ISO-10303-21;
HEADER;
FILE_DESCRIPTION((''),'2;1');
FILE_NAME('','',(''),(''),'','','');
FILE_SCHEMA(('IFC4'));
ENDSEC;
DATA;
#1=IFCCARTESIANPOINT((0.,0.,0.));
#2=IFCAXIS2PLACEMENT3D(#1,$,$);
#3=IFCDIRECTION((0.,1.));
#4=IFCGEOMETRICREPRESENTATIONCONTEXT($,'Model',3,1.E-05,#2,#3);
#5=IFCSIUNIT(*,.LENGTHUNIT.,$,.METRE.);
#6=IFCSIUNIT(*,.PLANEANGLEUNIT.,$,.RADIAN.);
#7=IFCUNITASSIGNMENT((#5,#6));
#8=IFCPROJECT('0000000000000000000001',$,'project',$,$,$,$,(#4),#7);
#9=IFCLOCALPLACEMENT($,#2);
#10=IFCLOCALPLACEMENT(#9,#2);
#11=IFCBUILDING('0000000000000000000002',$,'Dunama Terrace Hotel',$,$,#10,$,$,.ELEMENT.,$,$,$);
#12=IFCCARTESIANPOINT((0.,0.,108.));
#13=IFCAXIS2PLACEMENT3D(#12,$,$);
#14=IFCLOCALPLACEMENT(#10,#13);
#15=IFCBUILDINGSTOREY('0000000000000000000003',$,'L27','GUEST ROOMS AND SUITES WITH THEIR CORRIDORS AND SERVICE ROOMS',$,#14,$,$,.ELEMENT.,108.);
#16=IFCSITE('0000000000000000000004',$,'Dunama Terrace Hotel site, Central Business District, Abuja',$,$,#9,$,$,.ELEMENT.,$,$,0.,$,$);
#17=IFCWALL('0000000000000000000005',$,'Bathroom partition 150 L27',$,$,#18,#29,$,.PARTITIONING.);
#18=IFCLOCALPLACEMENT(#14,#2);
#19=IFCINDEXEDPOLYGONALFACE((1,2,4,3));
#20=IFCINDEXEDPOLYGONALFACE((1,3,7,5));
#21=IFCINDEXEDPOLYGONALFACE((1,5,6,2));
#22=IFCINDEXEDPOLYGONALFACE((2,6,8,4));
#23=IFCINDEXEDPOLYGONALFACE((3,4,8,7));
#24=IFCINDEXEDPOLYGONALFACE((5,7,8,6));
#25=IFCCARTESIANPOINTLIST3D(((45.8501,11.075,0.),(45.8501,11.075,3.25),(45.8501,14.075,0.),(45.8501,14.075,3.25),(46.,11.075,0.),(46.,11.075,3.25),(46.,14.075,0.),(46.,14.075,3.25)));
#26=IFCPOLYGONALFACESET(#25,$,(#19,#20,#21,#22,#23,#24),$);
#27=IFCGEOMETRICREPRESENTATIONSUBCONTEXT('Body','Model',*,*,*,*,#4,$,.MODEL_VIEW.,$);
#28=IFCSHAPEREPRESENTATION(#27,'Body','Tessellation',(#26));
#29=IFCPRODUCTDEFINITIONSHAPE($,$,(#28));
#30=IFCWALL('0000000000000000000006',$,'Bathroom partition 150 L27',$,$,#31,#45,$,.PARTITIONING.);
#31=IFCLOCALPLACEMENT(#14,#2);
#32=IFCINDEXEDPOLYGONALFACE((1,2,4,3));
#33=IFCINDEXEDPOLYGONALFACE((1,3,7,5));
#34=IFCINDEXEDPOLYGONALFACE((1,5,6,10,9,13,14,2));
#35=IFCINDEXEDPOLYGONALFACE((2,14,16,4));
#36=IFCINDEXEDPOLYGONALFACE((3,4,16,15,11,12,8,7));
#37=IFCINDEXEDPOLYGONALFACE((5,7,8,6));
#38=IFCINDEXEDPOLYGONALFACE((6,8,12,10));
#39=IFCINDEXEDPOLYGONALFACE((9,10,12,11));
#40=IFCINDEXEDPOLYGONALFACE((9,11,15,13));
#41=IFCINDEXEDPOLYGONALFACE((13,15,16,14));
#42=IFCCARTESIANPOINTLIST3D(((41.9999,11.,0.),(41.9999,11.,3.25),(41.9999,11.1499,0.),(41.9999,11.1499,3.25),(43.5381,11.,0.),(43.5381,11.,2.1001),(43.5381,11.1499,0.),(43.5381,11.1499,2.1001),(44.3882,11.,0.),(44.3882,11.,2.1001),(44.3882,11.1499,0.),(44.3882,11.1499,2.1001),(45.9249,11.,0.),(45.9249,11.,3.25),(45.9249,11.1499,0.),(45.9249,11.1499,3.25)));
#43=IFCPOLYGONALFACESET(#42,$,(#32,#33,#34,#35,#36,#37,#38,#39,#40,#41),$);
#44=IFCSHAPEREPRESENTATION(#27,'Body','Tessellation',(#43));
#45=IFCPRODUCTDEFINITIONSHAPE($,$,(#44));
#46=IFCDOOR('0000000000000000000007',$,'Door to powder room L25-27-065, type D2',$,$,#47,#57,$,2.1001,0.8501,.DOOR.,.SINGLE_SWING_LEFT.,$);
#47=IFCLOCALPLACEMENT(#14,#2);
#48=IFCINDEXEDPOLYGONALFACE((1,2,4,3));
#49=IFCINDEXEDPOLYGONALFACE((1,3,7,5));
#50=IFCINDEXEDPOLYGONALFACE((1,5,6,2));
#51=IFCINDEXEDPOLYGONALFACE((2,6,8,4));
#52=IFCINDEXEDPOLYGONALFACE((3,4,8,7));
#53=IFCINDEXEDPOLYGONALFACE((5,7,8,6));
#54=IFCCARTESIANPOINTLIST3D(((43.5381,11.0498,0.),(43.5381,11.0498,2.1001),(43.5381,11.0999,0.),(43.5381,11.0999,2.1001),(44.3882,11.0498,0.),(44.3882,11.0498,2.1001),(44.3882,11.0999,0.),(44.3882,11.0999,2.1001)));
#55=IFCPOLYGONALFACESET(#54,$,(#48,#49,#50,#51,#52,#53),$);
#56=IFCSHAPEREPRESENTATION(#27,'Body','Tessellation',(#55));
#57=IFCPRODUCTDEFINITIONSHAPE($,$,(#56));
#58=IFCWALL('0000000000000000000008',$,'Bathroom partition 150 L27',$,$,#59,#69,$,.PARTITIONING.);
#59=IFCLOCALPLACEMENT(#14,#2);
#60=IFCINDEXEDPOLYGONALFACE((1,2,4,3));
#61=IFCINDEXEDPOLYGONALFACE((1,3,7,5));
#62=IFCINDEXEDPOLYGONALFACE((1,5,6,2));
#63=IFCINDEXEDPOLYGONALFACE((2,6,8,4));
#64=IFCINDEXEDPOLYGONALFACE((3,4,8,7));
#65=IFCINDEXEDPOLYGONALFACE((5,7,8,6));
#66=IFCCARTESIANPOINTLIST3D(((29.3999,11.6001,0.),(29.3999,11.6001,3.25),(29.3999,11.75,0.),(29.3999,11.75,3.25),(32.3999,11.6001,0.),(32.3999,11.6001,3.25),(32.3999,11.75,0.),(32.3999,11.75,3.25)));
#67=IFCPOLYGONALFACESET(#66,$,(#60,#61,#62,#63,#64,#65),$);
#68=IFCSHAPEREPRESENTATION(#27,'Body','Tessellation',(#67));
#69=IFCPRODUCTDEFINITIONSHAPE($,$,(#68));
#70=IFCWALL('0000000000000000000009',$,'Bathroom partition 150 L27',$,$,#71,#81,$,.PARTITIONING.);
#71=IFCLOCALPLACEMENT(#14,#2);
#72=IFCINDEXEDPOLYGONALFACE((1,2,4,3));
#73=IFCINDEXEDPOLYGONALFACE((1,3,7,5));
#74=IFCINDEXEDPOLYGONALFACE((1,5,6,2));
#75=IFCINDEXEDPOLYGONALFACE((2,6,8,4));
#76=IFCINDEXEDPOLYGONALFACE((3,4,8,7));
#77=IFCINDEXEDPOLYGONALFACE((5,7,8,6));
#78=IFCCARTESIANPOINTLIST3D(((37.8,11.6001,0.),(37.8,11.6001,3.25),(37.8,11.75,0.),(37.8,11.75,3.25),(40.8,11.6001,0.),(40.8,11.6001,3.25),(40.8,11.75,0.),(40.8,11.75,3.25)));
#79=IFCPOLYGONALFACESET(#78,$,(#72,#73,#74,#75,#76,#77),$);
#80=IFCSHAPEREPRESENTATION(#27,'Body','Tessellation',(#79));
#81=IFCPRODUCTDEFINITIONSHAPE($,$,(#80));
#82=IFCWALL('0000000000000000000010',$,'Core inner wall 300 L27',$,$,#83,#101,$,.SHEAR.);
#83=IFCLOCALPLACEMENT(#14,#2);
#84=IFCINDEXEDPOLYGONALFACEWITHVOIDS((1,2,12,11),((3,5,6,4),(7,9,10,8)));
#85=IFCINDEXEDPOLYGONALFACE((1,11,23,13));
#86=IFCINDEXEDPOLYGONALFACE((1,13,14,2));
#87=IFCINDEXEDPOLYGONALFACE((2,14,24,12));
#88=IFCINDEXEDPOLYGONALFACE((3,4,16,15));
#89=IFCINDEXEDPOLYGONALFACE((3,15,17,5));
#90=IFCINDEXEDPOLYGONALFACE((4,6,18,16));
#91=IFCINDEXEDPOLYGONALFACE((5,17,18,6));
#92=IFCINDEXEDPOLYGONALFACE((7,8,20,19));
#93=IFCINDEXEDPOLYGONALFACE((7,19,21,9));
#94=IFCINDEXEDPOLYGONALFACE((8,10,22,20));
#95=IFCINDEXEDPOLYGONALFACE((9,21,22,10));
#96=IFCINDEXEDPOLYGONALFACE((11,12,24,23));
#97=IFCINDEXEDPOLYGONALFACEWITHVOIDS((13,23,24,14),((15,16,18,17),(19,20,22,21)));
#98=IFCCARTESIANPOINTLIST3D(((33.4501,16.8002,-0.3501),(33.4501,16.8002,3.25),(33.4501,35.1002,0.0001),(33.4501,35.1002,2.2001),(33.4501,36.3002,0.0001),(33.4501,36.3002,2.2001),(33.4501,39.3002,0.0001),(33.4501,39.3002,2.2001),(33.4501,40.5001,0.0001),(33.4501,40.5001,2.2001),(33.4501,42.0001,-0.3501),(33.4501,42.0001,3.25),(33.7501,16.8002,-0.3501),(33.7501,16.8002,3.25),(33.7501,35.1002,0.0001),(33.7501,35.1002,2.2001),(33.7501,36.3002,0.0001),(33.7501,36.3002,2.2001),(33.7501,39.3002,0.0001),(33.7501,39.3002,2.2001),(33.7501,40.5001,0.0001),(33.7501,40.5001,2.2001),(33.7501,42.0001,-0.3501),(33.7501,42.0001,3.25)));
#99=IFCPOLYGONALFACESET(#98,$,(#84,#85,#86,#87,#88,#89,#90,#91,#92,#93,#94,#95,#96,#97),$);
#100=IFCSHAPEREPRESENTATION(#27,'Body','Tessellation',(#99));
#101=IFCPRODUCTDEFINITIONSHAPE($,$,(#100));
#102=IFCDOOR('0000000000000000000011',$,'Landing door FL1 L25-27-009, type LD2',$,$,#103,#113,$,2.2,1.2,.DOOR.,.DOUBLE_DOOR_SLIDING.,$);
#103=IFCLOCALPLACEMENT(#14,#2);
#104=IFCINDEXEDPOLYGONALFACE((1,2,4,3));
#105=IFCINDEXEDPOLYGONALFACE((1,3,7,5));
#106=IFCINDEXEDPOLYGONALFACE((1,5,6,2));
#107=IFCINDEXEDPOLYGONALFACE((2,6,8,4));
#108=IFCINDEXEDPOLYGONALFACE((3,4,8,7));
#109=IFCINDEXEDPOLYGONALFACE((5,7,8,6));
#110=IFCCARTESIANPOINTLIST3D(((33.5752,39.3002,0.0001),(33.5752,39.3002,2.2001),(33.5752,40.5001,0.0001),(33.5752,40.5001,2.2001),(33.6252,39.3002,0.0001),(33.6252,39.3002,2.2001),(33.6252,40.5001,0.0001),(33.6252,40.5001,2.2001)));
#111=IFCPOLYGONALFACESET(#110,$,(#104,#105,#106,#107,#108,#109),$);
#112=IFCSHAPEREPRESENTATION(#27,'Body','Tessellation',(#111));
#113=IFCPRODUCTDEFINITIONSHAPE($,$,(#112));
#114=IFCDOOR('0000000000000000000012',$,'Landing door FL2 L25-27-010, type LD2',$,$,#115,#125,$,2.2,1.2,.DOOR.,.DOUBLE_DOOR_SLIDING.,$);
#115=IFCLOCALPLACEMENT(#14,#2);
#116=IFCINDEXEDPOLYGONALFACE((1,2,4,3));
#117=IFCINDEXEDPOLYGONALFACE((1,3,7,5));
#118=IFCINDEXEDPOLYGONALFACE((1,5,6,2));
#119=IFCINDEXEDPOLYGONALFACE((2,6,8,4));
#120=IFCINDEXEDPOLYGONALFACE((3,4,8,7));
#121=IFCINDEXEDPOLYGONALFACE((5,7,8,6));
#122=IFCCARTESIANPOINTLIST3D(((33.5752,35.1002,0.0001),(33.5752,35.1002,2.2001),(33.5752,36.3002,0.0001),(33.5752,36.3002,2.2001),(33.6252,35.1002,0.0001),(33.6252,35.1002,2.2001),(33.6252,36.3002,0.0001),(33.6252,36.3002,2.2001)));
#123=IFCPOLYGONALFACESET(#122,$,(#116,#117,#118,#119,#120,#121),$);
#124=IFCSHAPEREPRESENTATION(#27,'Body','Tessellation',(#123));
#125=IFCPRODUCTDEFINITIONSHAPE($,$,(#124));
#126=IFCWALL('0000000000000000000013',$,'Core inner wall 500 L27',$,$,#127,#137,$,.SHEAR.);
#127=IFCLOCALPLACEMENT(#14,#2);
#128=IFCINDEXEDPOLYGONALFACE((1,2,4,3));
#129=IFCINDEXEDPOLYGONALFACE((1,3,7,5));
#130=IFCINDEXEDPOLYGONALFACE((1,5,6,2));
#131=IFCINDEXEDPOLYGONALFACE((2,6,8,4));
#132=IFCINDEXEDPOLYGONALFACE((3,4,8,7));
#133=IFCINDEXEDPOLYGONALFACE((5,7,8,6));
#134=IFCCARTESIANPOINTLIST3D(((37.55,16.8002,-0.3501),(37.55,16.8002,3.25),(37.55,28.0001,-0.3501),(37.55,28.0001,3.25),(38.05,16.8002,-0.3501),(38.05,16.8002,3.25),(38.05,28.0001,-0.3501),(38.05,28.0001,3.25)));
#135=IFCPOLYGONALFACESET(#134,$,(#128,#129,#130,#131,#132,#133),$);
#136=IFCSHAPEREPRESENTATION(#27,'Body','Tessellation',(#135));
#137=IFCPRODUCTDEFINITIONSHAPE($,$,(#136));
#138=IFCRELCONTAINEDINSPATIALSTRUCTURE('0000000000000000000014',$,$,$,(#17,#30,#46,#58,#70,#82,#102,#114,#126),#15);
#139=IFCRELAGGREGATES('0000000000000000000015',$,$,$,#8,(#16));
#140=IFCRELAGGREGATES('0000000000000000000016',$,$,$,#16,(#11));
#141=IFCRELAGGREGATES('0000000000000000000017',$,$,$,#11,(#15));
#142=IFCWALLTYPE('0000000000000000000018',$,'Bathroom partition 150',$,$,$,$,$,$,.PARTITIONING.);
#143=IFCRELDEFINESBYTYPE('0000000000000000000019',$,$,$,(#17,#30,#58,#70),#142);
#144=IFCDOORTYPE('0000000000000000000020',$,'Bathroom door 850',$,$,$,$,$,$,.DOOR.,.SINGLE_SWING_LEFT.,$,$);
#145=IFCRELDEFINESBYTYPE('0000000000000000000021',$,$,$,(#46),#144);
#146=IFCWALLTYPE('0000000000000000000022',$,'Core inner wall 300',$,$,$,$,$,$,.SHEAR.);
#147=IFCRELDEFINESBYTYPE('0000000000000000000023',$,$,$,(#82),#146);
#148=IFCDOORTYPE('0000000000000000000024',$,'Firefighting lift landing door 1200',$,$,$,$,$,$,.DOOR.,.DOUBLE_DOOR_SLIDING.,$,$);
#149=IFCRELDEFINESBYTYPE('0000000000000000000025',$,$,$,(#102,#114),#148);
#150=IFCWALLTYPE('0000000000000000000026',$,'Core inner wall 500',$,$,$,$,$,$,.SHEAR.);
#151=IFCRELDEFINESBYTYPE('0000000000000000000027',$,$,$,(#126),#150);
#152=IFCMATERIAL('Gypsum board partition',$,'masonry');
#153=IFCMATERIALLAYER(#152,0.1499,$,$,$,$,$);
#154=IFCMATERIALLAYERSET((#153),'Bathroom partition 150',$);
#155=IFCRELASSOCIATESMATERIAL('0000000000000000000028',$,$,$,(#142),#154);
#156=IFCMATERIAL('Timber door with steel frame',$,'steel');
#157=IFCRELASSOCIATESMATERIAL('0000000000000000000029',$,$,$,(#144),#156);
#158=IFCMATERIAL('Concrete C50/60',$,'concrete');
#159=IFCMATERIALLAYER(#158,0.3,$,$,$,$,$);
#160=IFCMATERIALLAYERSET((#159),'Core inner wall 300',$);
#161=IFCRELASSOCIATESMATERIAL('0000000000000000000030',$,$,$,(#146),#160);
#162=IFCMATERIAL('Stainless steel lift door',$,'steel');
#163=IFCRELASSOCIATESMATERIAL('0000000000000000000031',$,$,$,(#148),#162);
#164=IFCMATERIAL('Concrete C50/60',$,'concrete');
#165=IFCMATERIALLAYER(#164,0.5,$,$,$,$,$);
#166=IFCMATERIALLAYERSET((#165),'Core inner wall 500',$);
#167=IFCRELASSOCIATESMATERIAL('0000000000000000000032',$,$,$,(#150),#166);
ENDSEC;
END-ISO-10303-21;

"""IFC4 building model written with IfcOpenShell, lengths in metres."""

from ifc_helpers import new_model, si_unit, direction, frame, frame_2d, origin, place, context, subcontext, project, spatial, rectangle, extrude, material, layer, layer_set, type_object, element, fill, save


model = new_model("IFC4")

# Units and contexts
model_context = context("Model", 3, precision=1e-05, world=origin(), true_north=direction((0.0, 1.0)))
body_context = subcontext(model_context, "Body", "Model", "MODEL_VIEW")
ifc_project = project(units=[si_unit("LENGTHUNIT", "METRE"), si_unit("PLANEANGLEUNIT", "RADIAN")], contexts=[model_context])

# Site, building, storey
site_placement = place(None, origin())
site = spatial("IfcSite", under=ifc_project, at=site_placement, Name="Dunama Terrace Hotel site, Central Business District, Abuja", CompositionType="ELEMENT", RefElevation=0.0)
building_placement = place(site_placement, origin())
building = spatial("IfcBuilding", under=site, at=building_placement, Name="Dunama Terrace Hotel", CompositionType="ELEMENT")
storey_placement = place(building_placement, frame((0.0, 0.0, 108.0)))
storey = spatial("IfcBuildingStorey", under=building, at=storey_placement, Name="L27", Description="GUEST ROOMS AND SUITES WITH THEIR CORRIDORS AND SERVICE ROOMS", CompositionType="ELEMENT", Elevation=108.0)

# Wall
ifc_material_1 = material(Name="Gypsum board partition", Category="masonry")
ifc_layer_1 = layer(ifc_material_1, 0.1499)
ifc_layer_set_1 = layer_set([ifc_layer_1], Name="Bathroom partition 150")
wall_type_1 = type_object("IfcWallType", Name="Bathroom partition 150", PredefinedType="PARTITIONING", material=ifc_layer_set_1)
wall_1_placement = place(storey_placement, frame((45.925, 11.075, 0.0), z_axis=(0.0, 0.0, 1.0), x_axis=(0.0, 1.0, 0.0)))
element("IfcWall", 1, at=wall_1_placement, inside=storey, type_object=wall_type_1, Name="Bathroom partition 150 L27", PredefinedType="PARTITIONING", context=body_context, shape_type="SweptSolid", body=[
    extrude(rectangle(XDim=3.0, YDim=0.1499, at=frame_2d((1.5, 0.0))), origin(), (0.0, 0.0, 1.0), 3.25),
])

# Wall, opening, door
wall_2_placement = place(storey_placement, frame((42.0, 11.075, 0.0), z_axis=(0.0, 0.0, 1.0), x_axis=(1.0, 0.0, 0.0)))
wall_2 = element("IfcWall", 2, at=wall_2_placement, inside=storey, type_object=wall_type_1, Name="Bathroom partition 150 L27", PredefinedType="PARTITIONING", context=body_context, shape_type="SweptSolid", body=[
    extrude(rectangle(XDim=3.925, YDim=0.1499, at=frame_2d((1.9624, 0.0))), origin(), (0.0, 0.0, 1.0), 3.25),
])
opening_1_placement = place(wall_2_placement, frame((1.5381, 0.0, 0.0)))
opening_1 = element("IfcOpeningElement", 3, at=opening_1_placement, cuts=wall_2, PredefinedType="OPENING", context=body_context, shape_type="SweptSolid", body=[
    extrude(rectangle(XDim=0.8501, YDim=2.1001, at=frame_2d((0.425, 1.05))), frame((0.0, 0.085, 0.0), z_axis=(0.0, -1.0, 0.0), x_axis=(1.0, 0.0, 0.0)), (0.0, 0.0, 1.0), 0.1699),
])
ifc_material_2 = material(Name="Timber door with steel frame", Category="steel")
door_type_1 = type_object("IfcDoorType", Name="Bathroom door 850", OperationType="SINGLE_SWING_LEFT", PredefinedType="DOOR", material=ifc_material_2)
door_1_placement = place(opening_1_placement, origin())
door_1 = element("IfcDoor", 4, at=door_1_placement, inside=storey, type_object=door_type_1, Name="Door to powder room L25-27-065, type D2", OperationType="SINGLE_SWING_LEFT", OverallHeight=2.1001, OverallWidth=0.8501, PredefinedType="DOOR", context=body_context, shape_type="SweptSolid", body=[
    extrude(rectangle(XDim=0.8501, YDim=2.1001, at=frame_2d((0.425, 1.05))), frame((0.0, 0.0249, 0.0), z_axis=(0.0, -1.0, 0.0), x_axis=(1.0, 0.0, 0.0)), (0.0, 0.0, 1.0), 0.05),
])
fill(opening_1, door_1)

# Walls
for number, where, z_axis, x_axis, name in (
    (5, (29.3999, 11.675, 0.0), (0.0, 0.0, 1.0), (1.0, 0.0, 0.0), "Bathroom partition 150 L27"),
    (6, (37.8, 11.675, 0.0), (0.0, 0.0, 1.0), (1.0, 0.0, 0.0), "Bathroom partition 150 L27"),
):
    element("IfcWall", number, at=place(storey_placement, frame(where, z_axis=z_axis, x_axis=x_axis)), inside=storey, type_object=wall_type_1, Name=name, PredefinedType="PARTITIONING", context=body_context, shape_type="SweptSolid", body=[
        extrude(rectangle(XDim=3.0, YDim=0.1499, at=frame_2d((1.5, 0.0))), origin(), (0.0, 0.0, 1.0), 3.25),
    ])

# Wall, openings, doors
ifc_material_3 = material(Name="Concrete C50/60", Category="concrete")
ifc_layer_2 = layer(ifc_material_3, 0.3)
ifc_layer_set_2 = layer_set([ifc_layer_2], Name="Core inner wall 300")
wall_type_2 = type_object("IfcWallType", Name="Core inner wall 300", PredefinedType="SHEAR", material=ifc_layer_set_2)
wall_3_placement = place(storey_placement, frame((33.6001, 16.8, -0.3501), z_axis=(0.0, 0.0, 1.0), x_axis=(0.0, 1.0, 0.0)))
wall_3 = element("IfcWall", 7, at=wall_3_placement, inside=storey, type_object=wall_type_2, Name="Core inner wall 300 L27", PredefinedType="SHEAR", context=body_context, shape_type="SweptSolid", body=[
    extrude(rectangle(XDim=25.2, YDim=0.3, at=frame_2d((12.6001, 0.0))), origin(), (0.0, 0.0, 1.0), 3.6001),
])
opening_2_placement = place(wall_3_placement, frame((22.5, 0.0, 0.3501)))
opening_2 = element("IfcOpeningElement", 8, at=opening_2_placement, cuts=wall_3, PredefinedType="OPENING", context=body_context, shape_type="SweptSolid", body=[
    extrude(rectangle(XDim=1.2, YDim=2.2, at=frame_2d((0.6001, 1.1001))), frame((0.0, 0.1599, 0.0), z_axis=(0.0, -1.0, 0.0), x_axis=(1.0, 0.0, 0.0)), (0.0, 0.0, 1.0), 0.3201),
])
opening_3_placement = place(wall_3_placement, frame((18.3, 0.0, 0.3501)))
opening_3 = element("IfcOpeningElement", 9, at=opening_3_placement, cuts=wall_3, PredefinedType="OPENING", context=body_context, shape_type="SweptSolid", body=[
    extrude(rectangle(XDim=1.2, YDim=2.2, at=frame_2d((0.6001, 1.1001))), frame((0.0, 0.1599, 0.0), z_axis=(0.0, -1.0, 0.0), x_axis=(1.0, 0.0, 0.0)), (0.0, 0.0, 1.0), 0.3201),
])
ifc_material_4 = material(Name="Stainless steel lift door", Category="steel")
door_type_2 = type_object("IfcDoorType", Name="Firefighting lift landing door 1200", OperationType="DOUBLE_DOOR_SLIDING", PredefinedType="DOOR", material=ifc_material_4)
door_2_placement = place(opening_2_placement, origin())
door_2 = element("IfcDoor", 10, at=door_2_placement, inside=storey, type_object=door_type_2, Name="Landing door FL1 L25-27-009, type LD2", OperationType="DOUBLE_DOOR_SLIDING", OverallHeight=2.2, OverallWidth=1.2, PredefinedType="DOOR", context=body_context, shape_type="SweptSolid", body=[
    extrude(rectangle(XDim=1.2, YDim=2.2, at=frame_2d((0.6001, 1.1001))), frame((0.0, 0.0249, 0.0), z_axis=(0.0, -1.0, 0.0), x_axis=(1.0, 0.0, 0.0)), (0.0, 0.0, 1.0), 0.05),
])
fill(opening_2, door_2)
door_3_placement = place(opening_3_placement, origin())
door_3 = element("IfcDoor", 11, at=door_3_placement, inside=storey, type_object=door_type_2, Name="Landing door FL2 L25-27-010, type LD2", OperationType="DOUBLE_DOOR_SLIDING", OverallHeight=2.2, OverallWidth=1.2, PredefinedType="DOOR", context=body_context, shape_type="SweptSolid", body=[
    extrude(rectangle(XDim=1.2, YDim=2.2, at=frame_2d((0.6001, 1.1001))), frame((0.0, 0.0249, 0.0), z_axis=(0.0, -1.0, 0.0), x_axis=(1.0, 0.0, 0.0)), (0.0, 0.0, 1.0), 0.05),
])
fill(opening_3, door_3)

# Wall
ifc_material_5 = material(Name="Concrete C50/60", Category="concrete")
ifc_layer_3 = layer(ifc_material_5, 0.5)
ifc_layer_set_3 = layer_set([ifc_layer_3], Name="Core inner wall 500")
wall_type_3 = type_object("IfcWallType", Name="Core inner wall 500", PredefinedType="SHEAR", material=ifc_layer_set_3)
wall_4_placement = place(storey_placement, frame((37.8, 16.8, -0.3501), z_axis=(0.0, 0.0, 1.0), x_axis=(0.0, 1.0, 0.0)))
element("IfcWall", 12, at=wall_4_placement, inside=storey, type_object=wall_type_3, Name="Core inner wall 500 L27", PredefinedType="SHEAR", context=body_context, shape_type="SweptSolid", body=[
    extrude(rectangle(XDim=11.2, YDim=0.5, at=frame_2d((5.6001, 0.0))), origin(), (0.0, 0.0, 1.0), 3.6001),
])

save(model, "model.ifc")
